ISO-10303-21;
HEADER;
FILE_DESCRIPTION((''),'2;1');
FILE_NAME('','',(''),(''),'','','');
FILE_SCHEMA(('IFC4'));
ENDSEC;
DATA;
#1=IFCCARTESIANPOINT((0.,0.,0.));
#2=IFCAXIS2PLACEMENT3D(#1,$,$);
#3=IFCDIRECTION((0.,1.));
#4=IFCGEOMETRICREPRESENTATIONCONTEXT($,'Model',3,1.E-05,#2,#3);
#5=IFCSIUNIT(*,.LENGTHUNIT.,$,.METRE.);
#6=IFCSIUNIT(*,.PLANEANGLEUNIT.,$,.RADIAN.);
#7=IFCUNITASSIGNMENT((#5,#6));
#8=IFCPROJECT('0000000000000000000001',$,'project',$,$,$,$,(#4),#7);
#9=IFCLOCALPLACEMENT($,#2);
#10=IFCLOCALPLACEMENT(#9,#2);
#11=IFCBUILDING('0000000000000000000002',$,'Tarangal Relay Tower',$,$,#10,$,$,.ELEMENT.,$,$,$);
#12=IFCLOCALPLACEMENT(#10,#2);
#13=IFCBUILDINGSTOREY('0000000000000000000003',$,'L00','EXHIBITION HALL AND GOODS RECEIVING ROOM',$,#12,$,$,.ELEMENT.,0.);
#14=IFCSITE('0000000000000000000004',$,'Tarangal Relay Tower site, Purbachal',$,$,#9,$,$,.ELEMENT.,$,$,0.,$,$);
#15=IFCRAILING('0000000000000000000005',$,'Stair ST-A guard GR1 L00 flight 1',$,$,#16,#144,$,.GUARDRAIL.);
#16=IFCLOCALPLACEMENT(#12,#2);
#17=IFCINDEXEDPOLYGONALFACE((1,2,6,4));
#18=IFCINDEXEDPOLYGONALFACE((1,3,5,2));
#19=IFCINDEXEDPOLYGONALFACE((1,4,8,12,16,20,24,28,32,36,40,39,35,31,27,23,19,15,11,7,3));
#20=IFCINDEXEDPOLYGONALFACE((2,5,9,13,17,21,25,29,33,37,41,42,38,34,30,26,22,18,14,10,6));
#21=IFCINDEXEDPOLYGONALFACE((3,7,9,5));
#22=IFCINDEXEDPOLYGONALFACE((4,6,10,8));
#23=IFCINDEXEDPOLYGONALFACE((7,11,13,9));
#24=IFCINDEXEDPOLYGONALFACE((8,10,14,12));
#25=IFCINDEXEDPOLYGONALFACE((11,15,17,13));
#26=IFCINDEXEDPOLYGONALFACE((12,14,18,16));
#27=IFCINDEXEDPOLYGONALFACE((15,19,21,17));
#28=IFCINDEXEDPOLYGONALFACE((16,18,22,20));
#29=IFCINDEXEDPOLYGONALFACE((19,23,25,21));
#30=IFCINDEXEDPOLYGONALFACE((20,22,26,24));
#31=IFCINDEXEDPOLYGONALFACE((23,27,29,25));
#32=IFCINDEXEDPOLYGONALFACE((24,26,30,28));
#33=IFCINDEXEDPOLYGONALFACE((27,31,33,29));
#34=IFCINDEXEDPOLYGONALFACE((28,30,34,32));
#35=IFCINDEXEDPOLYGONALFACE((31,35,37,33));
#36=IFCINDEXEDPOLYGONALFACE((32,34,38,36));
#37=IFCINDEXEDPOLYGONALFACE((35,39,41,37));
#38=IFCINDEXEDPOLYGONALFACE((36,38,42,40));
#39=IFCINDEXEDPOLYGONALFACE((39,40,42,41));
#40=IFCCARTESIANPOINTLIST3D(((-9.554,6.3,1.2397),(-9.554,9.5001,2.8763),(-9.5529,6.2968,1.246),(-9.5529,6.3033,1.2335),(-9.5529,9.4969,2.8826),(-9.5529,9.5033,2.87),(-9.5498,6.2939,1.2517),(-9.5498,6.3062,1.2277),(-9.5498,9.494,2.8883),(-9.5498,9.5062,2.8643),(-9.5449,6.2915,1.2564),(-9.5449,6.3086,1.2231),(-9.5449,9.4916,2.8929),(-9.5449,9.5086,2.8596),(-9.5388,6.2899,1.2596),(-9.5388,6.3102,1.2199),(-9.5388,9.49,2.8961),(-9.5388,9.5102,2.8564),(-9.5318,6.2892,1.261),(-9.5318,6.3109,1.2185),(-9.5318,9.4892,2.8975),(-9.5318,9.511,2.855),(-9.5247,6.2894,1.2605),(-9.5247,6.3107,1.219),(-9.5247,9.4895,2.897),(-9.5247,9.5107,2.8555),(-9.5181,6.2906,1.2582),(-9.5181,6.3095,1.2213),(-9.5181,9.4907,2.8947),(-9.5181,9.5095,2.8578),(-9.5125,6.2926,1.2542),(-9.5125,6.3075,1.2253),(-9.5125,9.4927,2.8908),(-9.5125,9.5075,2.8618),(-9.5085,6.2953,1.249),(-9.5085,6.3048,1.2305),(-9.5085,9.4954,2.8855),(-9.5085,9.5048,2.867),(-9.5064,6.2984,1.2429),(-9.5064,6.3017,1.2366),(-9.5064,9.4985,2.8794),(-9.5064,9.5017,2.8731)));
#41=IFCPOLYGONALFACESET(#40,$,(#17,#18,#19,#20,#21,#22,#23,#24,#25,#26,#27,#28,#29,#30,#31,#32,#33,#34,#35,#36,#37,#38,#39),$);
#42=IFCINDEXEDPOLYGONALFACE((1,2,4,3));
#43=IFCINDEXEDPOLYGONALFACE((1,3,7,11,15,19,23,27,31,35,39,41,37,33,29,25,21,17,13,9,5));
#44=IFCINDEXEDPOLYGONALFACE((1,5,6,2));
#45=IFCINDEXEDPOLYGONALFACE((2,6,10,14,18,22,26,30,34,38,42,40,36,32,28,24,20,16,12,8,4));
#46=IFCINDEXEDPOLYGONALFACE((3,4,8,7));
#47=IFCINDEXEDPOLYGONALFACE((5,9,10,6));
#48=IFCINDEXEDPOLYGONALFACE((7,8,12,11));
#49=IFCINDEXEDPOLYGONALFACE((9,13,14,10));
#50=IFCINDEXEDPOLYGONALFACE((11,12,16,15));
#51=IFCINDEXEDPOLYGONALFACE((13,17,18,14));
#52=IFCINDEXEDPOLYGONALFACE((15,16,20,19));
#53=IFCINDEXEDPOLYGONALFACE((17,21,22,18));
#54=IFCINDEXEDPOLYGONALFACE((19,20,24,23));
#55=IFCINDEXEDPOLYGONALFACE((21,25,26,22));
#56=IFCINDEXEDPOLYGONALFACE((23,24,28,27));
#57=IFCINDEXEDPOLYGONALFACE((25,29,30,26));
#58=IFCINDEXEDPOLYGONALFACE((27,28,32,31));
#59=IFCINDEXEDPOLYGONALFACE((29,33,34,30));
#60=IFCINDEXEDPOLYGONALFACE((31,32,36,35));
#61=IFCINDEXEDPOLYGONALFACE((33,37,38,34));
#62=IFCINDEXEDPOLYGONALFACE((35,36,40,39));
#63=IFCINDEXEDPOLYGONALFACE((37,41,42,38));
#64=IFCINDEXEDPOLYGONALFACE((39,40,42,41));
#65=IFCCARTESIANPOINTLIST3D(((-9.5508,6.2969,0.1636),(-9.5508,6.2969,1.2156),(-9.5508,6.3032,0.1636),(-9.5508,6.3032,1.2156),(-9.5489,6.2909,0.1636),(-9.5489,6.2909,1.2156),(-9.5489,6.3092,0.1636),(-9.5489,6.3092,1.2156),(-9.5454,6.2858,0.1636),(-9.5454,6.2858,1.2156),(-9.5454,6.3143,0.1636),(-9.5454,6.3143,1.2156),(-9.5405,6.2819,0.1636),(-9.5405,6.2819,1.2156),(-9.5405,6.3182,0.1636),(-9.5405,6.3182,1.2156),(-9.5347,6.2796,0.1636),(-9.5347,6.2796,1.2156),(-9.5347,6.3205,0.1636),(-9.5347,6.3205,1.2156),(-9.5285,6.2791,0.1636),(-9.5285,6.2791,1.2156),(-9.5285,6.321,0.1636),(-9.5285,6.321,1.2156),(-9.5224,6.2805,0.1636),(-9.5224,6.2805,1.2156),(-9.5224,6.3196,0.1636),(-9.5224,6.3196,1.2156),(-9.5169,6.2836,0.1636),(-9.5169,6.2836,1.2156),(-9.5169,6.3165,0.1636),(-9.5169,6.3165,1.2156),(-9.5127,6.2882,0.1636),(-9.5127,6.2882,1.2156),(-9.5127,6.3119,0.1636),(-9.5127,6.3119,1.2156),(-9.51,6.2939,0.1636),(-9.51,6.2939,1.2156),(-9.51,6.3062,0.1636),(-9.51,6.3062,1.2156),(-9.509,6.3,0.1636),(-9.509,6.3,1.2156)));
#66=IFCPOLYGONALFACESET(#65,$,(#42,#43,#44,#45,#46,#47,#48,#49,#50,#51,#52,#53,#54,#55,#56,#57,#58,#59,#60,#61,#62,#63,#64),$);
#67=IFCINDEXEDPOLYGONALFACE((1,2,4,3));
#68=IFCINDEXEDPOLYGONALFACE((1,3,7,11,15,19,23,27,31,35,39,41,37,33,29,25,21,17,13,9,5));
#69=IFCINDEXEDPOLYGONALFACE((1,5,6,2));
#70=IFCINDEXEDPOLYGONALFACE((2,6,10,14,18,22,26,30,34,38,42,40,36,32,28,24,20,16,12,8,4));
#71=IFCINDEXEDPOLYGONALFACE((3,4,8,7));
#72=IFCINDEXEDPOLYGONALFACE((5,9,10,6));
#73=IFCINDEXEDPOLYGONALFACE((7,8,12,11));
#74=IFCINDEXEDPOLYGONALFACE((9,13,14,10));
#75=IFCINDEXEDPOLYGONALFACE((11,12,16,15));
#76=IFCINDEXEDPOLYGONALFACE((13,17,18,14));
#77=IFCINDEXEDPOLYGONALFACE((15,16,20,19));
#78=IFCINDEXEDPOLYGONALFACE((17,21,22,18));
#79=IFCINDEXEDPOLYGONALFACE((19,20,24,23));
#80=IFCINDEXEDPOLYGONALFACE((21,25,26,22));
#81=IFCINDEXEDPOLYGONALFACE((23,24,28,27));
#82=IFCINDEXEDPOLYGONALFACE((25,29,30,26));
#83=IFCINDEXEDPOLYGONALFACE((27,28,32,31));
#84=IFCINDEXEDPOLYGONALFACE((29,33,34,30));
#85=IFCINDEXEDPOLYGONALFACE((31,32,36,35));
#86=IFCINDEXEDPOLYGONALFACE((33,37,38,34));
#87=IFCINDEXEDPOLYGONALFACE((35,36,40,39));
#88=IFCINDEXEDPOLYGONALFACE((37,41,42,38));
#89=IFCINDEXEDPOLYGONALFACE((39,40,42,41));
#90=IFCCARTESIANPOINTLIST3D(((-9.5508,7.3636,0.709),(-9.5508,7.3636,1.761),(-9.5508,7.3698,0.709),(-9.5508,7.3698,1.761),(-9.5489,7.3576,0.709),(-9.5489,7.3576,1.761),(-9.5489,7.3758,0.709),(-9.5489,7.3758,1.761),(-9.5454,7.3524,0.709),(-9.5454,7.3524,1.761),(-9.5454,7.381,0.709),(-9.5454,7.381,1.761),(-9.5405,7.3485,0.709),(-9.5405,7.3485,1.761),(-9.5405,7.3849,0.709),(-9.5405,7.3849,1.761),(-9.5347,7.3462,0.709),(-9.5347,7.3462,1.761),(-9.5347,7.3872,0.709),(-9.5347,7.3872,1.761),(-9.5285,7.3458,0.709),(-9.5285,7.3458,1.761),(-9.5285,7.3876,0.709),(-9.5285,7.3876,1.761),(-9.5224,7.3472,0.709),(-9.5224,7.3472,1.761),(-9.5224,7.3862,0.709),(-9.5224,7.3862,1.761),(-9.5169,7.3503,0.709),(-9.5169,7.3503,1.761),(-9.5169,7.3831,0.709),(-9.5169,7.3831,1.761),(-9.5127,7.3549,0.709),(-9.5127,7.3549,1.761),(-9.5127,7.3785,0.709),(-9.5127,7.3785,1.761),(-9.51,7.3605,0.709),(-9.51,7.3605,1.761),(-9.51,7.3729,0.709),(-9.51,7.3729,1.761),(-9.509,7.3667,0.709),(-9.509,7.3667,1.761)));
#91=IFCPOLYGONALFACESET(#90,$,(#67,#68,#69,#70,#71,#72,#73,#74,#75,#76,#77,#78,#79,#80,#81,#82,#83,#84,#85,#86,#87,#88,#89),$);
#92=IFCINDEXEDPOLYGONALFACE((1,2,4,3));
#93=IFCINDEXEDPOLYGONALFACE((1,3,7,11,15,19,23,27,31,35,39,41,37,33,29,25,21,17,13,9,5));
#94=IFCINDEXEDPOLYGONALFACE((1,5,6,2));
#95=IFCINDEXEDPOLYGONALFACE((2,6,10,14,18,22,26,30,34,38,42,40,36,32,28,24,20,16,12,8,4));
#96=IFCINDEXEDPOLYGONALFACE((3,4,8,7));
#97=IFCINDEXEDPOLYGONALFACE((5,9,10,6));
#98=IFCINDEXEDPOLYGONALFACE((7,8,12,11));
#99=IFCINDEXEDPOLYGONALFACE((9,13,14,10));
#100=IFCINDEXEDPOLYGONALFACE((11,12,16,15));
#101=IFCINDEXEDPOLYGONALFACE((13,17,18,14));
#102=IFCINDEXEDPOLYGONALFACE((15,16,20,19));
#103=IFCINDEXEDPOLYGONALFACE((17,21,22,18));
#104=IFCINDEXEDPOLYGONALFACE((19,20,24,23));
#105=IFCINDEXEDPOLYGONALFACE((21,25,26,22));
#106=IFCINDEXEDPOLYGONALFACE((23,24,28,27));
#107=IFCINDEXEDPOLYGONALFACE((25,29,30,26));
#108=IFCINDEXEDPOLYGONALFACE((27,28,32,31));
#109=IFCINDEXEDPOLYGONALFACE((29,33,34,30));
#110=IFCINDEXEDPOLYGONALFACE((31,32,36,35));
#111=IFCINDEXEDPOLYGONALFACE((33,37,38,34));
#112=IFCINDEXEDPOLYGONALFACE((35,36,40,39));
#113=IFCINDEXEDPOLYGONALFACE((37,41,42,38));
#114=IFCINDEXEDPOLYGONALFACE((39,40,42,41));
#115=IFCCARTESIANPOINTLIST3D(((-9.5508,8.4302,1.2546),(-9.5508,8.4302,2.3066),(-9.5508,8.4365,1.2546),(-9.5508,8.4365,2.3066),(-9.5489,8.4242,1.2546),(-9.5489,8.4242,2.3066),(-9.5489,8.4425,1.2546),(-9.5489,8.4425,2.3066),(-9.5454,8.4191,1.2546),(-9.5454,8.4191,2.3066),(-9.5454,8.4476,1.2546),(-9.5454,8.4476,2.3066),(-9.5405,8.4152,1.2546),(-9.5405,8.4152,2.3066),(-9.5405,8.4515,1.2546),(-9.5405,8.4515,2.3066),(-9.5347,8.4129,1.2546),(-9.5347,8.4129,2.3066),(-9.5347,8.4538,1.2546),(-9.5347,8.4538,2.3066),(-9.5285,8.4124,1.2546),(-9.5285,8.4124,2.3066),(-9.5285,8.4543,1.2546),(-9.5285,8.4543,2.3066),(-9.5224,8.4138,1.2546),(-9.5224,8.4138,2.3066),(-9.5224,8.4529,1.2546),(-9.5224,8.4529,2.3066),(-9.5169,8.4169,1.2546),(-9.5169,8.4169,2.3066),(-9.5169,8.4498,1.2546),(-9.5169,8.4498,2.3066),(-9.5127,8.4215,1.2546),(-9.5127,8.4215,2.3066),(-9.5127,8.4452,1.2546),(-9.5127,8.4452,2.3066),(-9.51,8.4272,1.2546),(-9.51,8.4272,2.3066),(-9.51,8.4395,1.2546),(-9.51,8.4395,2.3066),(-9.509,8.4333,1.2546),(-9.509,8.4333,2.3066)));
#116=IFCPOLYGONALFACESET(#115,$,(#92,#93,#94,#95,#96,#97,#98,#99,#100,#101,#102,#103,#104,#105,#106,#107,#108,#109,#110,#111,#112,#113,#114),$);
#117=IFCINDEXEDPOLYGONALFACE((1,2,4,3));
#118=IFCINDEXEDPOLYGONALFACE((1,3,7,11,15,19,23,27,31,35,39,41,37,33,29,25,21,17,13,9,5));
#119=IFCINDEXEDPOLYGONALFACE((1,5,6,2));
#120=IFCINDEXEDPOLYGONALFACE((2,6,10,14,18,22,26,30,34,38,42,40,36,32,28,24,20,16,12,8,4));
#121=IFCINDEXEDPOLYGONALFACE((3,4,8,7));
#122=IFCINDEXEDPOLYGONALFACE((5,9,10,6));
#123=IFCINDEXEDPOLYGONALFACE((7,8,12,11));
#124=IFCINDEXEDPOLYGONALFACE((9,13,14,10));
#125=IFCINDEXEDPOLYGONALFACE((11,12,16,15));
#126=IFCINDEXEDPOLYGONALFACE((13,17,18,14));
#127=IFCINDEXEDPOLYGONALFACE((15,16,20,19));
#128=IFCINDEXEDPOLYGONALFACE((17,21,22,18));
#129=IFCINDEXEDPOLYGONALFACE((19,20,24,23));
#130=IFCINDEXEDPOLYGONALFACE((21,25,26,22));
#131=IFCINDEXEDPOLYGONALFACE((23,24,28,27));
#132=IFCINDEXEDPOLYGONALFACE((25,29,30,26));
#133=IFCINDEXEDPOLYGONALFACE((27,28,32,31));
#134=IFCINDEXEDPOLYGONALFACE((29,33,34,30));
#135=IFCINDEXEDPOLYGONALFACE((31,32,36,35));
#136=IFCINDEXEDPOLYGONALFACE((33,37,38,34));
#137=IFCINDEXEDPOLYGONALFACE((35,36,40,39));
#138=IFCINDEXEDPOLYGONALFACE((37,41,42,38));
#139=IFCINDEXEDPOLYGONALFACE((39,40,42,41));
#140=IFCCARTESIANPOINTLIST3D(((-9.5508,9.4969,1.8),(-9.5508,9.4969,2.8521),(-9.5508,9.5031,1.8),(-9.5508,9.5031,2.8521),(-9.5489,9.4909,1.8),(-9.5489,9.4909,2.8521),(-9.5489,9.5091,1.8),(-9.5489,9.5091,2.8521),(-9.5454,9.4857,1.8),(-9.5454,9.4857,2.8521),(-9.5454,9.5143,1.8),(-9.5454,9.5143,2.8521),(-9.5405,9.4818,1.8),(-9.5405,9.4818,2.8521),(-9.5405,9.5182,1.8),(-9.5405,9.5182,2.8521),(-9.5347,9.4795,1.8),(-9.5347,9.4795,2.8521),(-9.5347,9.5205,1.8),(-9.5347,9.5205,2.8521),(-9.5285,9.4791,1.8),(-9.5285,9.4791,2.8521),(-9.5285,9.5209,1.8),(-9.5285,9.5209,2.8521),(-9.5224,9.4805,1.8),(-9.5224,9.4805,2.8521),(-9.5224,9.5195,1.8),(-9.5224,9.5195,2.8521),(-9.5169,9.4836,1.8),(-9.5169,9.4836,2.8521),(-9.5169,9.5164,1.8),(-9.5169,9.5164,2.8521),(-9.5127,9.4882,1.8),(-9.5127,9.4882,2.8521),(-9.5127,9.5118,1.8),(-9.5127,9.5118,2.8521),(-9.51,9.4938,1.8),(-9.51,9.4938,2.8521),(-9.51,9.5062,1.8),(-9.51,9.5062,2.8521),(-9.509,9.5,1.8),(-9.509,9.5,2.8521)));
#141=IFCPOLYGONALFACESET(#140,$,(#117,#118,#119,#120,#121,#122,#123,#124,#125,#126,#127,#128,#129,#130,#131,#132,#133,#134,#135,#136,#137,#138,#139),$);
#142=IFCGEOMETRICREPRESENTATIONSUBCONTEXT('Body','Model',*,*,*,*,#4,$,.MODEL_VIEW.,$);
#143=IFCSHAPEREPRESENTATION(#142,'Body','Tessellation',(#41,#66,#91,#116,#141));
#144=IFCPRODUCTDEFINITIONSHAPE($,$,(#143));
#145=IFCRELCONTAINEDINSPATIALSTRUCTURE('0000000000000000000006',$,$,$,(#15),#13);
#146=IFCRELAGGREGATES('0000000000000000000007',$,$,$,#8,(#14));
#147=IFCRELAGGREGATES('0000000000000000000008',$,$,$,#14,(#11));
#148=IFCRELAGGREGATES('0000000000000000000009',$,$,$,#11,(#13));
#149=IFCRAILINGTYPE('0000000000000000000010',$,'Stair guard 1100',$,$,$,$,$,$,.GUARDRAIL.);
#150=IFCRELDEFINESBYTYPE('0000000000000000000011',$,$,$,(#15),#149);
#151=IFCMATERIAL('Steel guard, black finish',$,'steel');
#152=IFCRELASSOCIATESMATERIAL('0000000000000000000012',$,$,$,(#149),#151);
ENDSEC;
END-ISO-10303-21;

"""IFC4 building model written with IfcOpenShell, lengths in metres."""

from ifc_helpers import new_model, si_unit, direction, frame, origin, origin_2d, place, context, subcontext, project, spatial, circle, extrude, material, type_object, element, save


model = new_model("IFC4")

# Units and contexts
model_context = context("Model", 3, precision=1e-05, world=origin(), true_north=direction((0.0, 1.0)))
body_context = subcontext(model_context, "Body", "Model", "MODEL_VIEW")
ifc_project = project(units=[si_unit("LENGTHUNIT", "METRE"), si_unit("PLANEANGLEUNIT", "RADIAN")], contexts=[model_context])

# Site, building, storey
site_placement = place(None, origin())
site = spatial("IfcSite", under=ifc_project, at=site_placement, Name="Tarangal Relay Tower site, Purbachal", CompositionType="ELEMENT", RefElevation=0.0)
building_placement = place(site_placement, origin())
building = spatial("IfcBuilding", under=site, at=building_placement, Name="Tarangal Relay Tower", CompositionType="ELEMENT")
storey_placement = place(building_placement, origin())
storey = spatial("IfcBuildingStorey", under=building, at=storey_placement, Name="L00", Description="EXHIBITION HALL AND GOODS RECEIVING ROOM", CompositionType="ELEMENT", Elevation=0.0)

# Railing
ifc_material_1 = material(Name="Steel guard, black finish", Category="steel")
railing_type_1 = type_object("IfcRailingType", Name="Stair guard 1100", PredefinedType="GUARDRAIL", material=ifc_material_1)
railing_1_placement = place(storey_placement, frame((-9.53, 6.3, 0.1636)))
element("IfcRailing", 1, at=railing_1_placement, inside=storey, type_object=railing_type_1, Name="Stair ST-A guard GR1 L00 flight 1", PredefinedType="GUARDRAIL", context=body_context, shape_type="SweptSolid", body=[
    extrude(circle(Radius=0.0239, at=origin_2d()), frame((0.0, 0.0, 1.0762), z_axis=(0.0, 0.890328, 0.455319), x_axis=(-1.0, 0.0, 0.0)), (0.0, 0.0, 1.0), 3.5942),
    extrude(circle(Radius=0.021, at=origin_2d()), origin(), (0.0, 0.0, 1.0), 1.052),
    extrude(circle(Radius=0.021, at=origin_2d()), frame((0.0, 1.0667, 0.5454)), (0.0, 0.0, 1.0), 1.052),
    extrude(circle(Radius=0.021, at=origin_2d()), frame((0.0, 2.1333, 1.0911)), (0.0, 0.0, 1.0), 1.052),
    extrude(circle(Radius=0.021, at=origin_2d()), frame((0.0, 3.2, 1.6365)), (0.0, 0.0, 1.0), 1.052),
])

save(model, "model.ifc")
